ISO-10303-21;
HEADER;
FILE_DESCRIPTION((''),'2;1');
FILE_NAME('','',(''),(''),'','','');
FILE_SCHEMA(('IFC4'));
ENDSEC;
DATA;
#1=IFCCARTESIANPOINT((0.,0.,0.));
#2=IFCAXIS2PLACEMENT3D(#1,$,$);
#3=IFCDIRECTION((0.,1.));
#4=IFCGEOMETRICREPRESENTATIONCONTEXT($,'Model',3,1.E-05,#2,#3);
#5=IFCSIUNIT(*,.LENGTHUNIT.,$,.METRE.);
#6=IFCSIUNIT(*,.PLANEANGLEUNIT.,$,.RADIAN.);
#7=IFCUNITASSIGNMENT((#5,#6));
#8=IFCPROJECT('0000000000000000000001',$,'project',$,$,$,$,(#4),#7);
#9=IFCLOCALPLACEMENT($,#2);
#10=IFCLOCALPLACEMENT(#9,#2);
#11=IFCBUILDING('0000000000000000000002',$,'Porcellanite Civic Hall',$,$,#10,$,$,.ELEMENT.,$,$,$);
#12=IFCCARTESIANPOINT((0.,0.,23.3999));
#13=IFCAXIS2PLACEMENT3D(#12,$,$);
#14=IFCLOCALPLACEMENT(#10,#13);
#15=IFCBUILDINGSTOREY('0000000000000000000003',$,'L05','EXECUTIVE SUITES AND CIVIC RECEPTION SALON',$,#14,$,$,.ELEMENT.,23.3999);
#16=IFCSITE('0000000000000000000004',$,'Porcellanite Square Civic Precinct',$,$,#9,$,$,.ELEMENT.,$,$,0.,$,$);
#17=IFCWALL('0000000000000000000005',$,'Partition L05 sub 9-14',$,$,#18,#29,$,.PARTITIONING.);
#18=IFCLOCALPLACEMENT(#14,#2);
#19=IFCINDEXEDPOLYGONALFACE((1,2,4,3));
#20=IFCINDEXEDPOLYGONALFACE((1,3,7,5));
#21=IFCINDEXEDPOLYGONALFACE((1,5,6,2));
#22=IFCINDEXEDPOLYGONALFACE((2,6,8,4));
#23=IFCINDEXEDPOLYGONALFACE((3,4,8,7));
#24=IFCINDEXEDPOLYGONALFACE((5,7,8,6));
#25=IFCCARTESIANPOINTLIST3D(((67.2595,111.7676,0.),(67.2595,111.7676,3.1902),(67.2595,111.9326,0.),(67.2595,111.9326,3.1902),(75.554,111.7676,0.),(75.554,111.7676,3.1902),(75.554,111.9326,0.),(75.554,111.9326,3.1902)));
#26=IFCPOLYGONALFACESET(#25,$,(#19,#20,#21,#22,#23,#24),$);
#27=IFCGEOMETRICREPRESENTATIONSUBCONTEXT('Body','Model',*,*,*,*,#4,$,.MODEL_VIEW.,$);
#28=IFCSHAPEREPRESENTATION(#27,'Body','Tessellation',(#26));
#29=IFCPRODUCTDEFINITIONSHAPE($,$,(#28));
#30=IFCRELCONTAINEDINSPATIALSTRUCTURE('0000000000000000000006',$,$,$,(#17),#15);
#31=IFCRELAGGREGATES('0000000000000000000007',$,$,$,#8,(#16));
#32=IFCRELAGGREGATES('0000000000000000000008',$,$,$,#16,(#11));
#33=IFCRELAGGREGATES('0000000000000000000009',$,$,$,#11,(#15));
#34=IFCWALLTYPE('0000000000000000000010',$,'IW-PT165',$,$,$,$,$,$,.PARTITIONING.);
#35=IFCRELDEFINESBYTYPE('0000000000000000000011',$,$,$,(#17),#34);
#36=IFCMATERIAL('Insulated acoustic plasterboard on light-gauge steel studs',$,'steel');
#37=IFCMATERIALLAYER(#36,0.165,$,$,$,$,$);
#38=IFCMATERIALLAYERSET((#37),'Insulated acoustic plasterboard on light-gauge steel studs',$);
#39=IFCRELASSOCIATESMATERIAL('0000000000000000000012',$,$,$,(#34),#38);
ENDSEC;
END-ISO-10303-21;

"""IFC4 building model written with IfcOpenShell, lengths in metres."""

from ifc_helpers import new_model, si_unit, direction, frame, frame_2d, origin, place, context, subcontext, project, spatial, rectangle, extrude, material, layer, layer_set, type_object, element, save


model = new_model("IFC4")

# Units and contexts
model_context = context("Model", 3, precision=1e-05, world=origin(), true_north=direction((0.0, 1.0)))
body_context = subcontext(model_context, "Body", "Model", "MODEL_VIEW")
ifc_project = project(units=[si_unit("LENGTHUNIT", "METRE"), si_unit("PLANEANGLEUNIT", "RADIAN")], contexts=[model_context])

# Site, building, storey
site_placement = place(None, origin())
site = spatial("IfcSite", under=ifc_project, at=site_placement, Name="Porcellanite Square Civic Precinct", CompositionType="ELEMENT", RefElevation=0.0)
building_placement = place(site_placement, origin())
building = spatial("IfcBuilding", under=site, at=building_placement, Name="Porcellanite Civic Hall", CompositionType="ELEMENT")
storey_placement = place(building_placement, frame((0.0, 0.0, 23.3999)))
storey = spatial("IfcBuildingStorey", under=building, at=storey_placement, Name="L05", Description="EXECUTIVE SUITES AND CIVIC RECEPTION SALON", CompositionType="ELEMENT", Elevation=23.3999)

# Wall
ifc_material_1 = material(Name="Insulated acoustic plasterboard on light-gauge steel studs", Category="steel")
ifc_layer_1 = layer(ifc_material_1, 0.165)
ifc_layer_set_1 = layer_set([ifc_layer_1], Name="Insulated acoustic plasterboard on light-gauge steel studs")
wall_type_1 = type_object("IfcWallType", Name="IW-PT165", PredefinedType="PARTITIONING", material=ifc_layer_set_1)
wall_1_placement = place(storey_placement, frame((67.2595, 111.8501, 0.0), z_axis=(0.0, 0.0, 1.0), x_axis=(1.0, 0.0, 0.0)))
element("IfcWall", 1, at=wall_1_placement, inside=storey, type_object=wall_type_1, Name="Partition L05 sub 9-14", PredefinedType="PARTITIONING", context=body_context, shape_type="SweptSolid", body=[
    extrude(rectangle(XDim=8.2944, YDim=0.165, at=frame_2d((4.1472, 0.0))), origin(), (0.0, 0.0, 1.0), 3.1902),
])

save(model, "model.ifc")
